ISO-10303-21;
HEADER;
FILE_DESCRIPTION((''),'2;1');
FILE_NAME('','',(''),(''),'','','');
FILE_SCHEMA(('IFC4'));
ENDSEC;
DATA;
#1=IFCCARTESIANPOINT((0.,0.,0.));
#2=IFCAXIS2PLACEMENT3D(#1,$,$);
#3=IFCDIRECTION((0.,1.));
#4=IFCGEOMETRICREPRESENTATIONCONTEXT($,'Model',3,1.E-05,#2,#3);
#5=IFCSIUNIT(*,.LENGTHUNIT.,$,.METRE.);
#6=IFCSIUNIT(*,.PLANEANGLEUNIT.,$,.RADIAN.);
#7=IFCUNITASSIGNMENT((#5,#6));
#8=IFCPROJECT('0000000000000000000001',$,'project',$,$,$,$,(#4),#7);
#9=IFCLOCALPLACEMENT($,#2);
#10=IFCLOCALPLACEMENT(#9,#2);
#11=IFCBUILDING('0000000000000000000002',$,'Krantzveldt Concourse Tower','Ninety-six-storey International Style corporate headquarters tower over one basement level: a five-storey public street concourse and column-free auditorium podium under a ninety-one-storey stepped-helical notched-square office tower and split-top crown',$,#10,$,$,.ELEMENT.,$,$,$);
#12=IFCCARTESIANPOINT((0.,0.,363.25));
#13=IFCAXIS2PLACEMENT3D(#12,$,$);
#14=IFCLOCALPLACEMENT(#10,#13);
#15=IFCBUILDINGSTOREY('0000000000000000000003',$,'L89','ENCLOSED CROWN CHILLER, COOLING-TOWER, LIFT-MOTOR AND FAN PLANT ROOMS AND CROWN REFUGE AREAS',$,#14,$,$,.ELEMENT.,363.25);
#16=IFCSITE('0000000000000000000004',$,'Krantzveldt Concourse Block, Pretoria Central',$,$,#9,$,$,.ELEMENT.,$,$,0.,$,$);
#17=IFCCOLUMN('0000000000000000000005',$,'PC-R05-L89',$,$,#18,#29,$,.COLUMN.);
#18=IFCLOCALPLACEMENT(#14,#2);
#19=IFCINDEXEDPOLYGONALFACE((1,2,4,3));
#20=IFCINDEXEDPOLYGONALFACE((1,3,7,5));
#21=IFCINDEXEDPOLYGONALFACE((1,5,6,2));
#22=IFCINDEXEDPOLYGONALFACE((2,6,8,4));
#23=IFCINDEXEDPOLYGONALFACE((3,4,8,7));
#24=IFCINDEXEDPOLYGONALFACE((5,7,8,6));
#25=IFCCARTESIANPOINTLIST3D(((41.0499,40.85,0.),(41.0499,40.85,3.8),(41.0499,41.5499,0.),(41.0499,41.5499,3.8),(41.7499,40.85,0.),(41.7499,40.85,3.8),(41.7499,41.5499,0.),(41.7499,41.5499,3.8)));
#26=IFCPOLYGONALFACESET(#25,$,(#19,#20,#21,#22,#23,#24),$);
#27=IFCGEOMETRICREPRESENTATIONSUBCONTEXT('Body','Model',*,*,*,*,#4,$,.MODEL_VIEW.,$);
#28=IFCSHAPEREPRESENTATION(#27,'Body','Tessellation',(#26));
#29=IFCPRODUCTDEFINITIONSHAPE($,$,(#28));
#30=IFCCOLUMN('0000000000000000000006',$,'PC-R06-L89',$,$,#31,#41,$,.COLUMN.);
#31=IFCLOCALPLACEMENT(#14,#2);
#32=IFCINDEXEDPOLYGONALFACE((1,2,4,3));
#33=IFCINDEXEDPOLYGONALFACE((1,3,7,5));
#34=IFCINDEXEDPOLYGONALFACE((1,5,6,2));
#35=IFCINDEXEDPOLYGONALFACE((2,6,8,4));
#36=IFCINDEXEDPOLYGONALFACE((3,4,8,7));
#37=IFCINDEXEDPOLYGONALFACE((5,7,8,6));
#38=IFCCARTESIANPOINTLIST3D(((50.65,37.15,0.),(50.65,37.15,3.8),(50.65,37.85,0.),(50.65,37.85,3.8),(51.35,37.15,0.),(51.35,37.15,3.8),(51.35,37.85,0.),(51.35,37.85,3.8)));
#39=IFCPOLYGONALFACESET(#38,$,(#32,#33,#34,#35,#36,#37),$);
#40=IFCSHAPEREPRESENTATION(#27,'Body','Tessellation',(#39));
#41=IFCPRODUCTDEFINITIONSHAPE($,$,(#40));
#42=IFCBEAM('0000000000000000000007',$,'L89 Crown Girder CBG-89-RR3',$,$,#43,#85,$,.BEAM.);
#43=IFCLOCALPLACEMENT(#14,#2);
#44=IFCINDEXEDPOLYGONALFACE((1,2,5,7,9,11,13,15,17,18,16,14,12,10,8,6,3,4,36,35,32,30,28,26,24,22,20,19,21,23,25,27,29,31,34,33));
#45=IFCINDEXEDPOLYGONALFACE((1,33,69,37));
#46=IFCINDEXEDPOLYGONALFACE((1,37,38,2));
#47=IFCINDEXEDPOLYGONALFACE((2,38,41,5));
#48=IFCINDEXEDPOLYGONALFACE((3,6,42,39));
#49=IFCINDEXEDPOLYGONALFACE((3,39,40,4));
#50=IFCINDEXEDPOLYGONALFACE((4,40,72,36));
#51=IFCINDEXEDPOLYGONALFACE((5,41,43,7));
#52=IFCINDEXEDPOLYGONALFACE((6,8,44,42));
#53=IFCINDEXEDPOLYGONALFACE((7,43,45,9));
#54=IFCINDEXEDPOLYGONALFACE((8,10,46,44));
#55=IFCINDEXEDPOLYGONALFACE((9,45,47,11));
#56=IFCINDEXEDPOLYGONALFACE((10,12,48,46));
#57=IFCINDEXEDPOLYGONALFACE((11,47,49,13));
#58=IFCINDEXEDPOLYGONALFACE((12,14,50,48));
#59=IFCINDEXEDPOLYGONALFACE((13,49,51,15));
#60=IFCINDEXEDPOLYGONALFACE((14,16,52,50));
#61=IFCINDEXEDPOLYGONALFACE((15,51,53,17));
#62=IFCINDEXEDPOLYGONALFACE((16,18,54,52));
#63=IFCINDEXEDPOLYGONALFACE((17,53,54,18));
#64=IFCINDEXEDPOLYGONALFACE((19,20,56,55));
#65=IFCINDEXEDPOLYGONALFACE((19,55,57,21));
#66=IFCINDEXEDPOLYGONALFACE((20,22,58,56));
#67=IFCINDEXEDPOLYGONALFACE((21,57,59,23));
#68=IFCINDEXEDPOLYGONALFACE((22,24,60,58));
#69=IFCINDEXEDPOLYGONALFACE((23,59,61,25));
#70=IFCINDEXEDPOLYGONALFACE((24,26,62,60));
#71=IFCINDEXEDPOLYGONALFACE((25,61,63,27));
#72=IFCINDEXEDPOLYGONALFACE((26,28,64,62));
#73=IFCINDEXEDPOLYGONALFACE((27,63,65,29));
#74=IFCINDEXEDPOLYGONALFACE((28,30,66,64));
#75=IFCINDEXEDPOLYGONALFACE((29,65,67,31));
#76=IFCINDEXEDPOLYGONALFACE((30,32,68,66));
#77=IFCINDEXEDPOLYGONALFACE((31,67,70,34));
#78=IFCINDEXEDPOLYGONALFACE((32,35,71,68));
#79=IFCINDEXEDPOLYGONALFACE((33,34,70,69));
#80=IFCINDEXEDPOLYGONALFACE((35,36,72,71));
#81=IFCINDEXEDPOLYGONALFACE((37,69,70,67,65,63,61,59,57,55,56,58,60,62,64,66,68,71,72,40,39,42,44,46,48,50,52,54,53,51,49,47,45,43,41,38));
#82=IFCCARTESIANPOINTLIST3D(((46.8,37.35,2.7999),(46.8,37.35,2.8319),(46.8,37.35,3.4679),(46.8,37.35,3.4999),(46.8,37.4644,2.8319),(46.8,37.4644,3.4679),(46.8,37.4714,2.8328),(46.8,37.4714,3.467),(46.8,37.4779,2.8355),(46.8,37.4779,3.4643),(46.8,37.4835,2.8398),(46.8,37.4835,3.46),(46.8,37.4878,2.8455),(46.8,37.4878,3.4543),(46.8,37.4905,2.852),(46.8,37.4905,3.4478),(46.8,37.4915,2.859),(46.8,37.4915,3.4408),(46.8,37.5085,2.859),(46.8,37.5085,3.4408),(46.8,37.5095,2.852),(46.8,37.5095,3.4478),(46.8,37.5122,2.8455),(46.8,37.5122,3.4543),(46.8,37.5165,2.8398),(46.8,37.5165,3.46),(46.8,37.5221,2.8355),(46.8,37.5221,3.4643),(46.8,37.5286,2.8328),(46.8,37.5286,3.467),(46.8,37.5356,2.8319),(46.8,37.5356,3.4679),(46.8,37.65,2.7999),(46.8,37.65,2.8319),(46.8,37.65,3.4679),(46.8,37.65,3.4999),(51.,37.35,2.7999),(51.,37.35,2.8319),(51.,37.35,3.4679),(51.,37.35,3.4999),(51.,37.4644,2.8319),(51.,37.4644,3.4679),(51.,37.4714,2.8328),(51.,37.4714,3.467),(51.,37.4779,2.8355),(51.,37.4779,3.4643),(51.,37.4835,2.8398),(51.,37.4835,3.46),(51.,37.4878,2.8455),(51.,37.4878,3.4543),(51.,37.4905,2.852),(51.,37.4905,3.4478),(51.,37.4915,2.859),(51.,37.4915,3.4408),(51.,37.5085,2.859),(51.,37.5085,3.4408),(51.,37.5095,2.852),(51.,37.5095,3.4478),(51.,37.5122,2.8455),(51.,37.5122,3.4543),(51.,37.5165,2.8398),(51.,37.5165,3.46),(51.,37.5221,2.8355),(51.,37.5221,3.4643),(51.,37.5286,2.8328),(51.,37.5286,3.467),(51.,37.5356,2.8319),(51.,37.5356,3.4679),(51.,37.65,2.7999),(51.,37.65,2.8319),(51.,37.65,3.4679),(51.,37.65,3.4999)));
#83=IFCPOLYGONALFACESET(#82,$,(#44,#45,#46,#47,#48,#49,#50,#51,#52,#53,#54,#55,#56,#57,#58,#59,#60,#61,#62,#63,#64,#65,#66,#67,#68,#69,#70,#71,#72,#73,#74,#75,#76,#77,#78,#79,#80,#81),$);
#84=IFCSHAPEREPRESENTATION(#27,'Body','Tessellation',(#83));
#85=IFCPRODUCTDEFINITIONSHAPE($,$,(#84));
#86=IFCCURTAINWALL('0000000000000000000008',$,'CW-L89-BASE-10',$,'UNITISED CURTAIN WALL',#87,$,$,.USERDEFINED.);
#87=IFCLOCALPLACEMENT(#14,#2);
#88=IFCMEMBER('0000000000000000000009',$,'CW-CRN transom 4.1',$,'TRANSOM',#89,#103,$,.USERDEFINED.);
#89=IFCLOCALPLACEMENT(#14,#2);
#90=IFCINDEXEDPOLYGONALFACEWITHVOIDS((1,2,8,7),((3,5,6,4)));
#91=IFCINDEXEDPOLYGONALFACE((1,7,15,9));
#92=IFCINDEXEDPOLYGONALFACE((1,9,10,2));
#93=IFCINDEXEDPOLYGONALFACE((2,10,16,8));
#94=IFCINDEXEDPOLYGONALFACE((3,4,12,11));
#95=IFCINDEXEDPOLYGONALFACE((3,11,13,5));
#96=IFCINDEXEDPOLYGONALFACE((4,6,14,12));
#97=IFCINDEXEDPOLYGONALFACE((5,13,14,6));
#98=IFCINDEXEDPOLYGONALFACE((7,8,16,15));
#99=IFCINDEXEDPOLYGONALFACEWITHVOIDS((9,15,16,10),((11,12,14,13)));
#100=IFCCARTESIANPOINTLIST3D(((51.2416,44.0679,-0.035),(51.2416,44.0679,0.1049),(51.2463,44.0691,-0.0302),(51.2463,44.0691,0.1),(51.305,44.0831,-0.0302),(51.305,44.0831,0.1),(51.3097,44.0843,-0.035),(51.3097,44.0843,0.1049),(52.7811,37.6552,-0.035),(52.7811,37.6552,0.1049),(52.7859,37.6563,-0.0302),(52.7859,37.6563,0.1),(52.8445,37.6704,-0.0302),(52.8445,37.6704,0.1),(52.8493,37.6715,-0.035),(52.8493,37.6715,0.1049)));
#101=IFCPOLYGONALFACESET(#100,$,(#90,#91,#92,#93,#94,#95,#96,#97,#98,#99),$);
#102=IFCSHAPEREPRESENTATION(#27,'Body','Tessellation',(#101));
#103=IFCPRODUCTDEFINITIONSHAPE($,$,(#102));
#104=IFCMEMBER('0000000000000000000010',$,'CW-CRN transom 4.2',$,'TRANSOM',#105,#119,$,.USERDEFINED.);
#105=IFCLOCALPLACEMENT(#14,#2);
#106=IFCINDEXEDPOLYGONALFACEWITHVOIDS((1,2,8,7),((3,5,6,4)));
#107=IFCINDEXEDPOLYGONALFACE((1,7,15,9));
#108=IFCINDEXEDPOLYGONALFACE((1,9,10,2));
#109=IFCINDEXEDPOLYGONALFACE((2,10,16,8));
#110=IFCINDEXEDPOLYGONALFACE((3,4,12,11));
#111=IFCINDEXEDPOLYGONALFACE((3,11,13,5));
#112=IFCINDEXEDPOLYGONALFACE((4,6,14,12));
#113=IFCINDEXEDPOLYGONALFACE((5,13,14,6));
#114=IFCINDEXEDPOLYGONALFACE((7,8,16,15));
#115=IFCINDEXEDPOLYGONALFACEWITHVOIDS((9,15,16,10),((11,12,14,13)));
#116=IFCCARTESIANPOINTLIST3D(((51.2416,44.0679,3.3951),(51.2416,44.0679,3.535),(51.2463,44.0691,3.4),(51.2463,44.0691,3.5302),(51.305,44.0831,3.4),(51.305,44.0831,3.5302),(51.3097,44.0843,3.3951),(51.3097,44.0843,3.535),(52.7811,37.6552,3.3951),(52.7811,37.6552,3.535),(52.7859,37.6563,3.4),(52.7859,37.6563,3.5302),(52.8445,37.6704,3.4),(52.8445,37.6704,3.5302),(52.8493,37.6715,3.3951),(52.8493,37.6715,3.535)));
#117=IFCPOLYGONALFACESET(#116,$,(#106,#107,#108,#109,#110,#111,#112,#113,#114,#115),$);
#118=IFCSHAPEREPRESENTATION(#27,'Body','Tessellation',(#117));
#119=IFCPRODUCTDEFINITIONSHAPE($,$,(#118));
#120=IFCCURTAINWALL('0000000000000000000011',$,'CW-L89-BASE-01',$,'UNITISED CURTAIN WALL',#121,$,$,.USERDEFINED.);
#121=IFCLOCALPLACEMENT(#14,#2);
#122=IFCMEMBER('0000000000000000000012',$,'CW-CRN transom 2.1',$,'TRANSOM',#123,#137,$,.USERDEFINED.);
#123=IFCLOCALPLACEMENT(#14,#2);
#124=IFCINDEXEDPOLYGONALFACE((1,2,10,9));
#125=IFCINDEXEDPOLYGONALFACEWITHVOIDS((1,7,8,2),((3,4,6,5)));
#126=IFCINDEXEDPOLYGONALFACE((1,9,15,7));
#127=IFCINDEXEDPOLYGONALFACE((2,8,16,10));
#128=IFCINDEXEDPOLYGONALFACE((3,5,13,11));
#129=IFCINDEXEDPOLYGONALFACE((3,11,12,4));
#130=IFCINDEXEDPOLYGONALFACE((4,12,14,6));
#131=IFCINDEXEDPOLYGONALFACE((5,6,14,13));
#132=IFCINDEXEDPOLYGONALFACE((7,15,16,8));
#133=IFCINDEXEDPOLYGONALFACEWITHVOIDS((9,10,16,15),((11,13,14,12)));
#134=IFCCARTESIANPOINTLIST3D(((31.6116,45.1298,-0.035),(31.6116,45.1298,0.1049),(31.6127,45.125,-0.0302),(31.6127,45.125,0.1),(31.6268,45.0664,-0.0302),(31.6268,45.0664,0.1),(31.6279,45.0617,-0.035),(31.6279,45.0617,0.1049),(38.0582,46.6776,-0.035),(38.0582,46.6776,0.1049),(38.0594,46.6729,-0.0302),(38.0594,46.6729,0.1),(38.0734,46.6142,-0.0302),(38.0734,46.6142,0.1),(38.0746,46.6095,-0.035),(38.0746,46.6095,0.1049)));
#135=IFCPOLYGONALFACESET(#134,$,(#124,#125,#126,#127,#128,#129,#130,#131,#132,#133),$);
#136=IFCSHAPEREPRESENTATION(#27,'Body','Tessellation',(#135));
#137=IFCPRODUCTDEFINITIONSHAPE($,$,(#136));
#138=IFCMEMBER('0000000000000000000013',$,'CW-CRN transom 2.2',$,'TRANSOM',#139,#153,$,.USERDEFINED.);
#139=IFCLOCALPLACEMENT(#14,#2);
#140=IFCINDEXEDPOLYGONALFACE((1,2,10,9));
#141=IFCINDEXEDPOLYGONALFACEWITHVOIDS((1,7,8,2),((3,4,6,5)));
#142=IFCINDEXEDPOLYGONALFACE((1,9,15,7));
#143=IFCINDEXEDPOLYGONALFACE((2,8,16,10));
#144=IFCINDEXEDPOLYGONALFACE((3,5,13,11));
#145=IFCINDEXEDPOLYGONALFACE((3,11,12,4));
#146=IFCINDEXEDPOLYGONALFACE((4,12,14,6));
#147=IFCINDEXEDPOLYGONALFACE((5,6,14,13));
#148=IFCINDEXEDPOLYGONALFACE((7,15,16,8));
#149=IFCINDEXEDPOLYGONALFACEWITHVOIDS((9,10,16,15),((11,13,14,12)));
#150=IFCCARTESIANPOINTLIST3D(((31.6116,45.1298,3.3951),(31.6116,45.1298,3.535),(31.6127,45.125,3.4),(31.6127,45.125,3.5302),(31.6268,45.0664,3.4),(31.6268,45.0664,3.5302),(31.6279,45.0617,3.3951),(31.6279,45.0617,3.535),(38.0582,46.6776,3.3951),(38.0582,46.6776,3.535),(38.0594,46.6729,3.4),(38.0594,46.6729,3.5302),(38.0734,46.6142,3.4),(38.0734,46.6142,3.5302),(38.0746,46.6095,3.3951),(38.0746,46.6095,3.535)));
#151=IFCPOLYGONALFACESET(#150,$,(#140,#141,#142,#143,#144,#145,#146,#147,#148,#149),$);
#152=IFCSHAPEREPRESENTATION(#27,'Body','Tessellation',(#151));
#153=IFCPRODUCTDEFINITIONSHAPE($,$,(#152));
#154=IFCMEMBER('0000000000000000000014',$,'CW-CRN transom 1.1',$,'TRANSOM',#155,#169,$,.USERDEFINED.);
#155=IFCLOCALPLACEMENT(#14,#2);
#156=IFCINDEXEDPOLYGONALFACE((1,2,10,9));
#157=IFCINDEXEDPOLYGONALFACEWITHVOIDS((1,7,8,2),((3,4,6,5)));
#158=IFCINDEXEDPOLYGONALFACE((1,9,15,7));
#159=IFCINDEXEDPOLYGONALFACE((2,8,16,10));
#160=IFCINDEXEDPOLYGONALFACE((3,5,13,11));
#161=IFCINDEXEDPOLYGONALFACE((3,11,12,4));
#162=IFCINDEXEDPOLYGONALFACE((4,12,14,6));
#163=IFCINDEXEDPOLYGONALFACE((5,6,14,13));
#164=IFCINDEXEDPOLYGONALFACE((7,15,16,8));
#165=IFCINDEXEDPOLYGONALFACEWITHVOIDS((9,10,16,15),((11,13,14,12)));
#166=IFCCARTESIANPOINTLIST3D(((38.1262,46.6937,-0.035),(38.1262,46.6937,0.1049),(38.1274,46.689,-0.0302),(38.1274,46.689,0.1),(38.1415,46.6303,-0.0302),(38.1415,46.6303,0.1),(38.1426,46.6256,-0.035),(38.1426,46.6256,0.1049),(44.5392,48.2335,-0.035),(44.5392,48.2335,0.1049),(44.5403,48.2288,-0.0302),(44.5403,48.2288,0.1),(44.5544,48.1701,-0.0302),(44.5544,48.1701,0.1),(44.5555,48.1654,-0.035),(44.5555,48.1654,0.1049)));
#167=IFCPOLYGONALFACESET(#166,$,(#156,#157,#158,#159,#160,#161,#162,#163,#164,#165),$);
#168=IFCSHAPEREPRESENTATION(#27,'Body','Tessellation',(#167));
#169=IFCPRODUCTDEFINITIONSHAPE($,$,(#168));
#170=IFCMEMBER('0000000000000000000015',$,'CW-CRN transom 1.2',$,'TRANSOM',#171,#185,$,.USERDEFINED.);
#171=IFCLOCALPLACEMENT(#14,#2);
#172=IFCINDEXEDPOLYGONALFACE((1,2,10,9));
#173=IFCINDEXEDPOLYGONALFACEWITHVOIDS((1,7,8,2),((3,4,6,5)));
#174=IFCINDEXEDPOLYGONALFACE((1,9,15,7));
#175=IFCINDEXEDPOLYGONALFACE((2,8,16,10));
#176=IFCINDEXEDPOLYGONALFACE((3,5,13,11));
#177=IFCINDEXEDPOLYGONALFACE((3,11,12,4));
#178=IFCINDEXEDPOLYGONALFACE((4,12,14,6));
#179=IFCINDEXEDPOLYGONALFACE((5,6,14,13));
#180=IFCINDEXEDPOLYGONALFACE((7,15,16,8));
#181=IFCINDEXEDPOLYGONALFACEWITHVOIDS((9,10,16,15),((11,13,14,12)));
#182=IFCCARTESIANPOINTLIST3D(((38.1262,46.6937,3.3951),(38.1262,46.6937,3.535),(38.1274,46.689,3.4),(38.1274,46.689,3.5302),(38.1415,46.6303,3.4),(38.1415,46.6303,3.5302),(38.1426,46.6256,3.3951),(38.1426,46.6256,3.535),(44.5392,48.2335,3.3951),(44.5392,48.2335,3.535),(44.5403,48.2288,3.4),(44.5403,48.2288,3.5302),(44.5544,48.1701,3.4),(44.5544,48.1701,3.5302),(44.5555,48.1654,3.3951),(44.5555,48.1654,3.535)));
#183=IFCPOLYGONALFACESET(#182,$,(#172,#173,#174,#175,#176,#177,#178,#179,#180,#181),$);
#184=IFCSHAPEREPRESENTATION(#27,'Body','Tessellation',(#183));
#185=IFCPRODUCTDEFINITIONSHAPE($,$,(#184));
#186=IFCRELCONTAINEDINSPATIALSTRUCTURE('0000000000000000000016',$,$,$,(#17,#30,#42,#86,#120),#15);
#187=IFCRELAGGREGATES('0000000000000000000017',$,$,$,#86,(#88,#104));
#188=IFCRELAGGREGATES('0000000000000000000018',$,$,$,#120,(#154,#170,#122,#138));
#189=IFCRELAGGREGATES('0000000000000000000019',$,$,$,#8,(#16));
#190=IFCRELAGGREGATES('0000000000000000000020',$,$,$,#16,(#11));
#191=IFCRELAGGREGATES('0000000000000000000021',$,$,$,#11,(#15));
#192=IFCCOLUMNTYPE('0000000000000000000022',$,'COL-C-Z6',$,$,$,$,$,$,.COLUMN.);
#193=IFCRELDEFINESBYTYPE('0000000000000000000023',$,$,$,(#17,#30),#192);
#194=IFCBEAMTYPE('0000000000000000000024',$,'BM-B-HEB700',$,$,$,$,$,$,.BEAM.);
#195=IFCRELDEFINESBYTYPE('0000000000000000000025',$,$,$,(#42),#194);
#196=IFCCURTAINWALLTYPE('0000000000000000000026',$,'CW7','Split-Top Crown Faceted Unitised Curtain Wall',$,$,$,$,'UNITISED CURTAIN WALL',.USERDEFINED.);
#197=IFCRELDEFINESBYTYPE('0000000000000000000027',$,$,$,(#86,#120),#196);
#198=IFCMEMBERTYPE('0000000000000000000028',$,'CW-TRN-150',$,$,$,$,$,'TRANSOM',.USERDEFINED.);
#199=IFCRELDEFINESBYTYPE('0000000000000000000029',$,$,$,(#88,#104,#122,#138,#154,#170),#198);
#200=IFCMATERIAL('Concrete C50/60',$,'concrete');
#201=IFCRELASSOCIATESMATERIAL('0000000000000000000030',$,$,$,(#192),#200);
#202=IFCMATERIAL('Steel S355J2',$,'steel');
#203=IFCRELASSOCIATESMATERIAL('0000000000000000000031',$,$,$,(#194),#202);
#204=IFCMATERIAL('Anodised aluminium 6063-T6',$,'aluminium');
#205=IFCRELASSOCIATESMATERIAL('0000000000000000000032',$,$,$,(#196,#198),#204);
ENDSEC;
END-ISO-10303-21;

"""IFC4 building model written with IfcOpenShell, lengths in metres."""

from ifc_helpers import new_model, si_unit, direction, frame, origin, origin_2d, place, context, subcontext, project, spatial, rectangle, hollow_rectangle, i_section, extrude, source, transform, mapped, material, material_profile, profile_set, type_object, type_shapes, element, aggregate, save


model = new_model("IFC4")

# Units and contexts
model_context = context("Model", 3, precision=1e-05, world=origin(), true_north=direction((0.0, 1.0)))
body_context = subcontext(model_context, "Body", "Model", "MODEL_VIEW")
ifc_project = project(units=[si_unit("LENGTHUNIT", "METRE"), si_unit("PLANEANGLEUNIT", "RADIAN")], contexts=[model_context])

# Site, building, storey
site_placement = place(None, origin())
site = spatial("IfcSite", under=ifc_project, at=site_placement, Name="Krantzveldt Concourse Block, Pretoria Central", CompositionType="ELEMENT", RefElevation=0.0)
building_placement = place(site_placement, origin())
building = spatial("IfcBuilding", under=site, at=building_placement, Name="Krantzveldt Concourse Tower", Description="Ninety-six-storey International Style corporate headquarters tower over one basement level: a five-storey public street concourse and column-free auditorium podium under a ninety-one-storey stepped-helical notched-square office tower and split-top crown", CompositionType="ELEMENT")
storey_placement = place(building_placement, frame((0.0, 0.0, 363.25)))
storey = spatial("IfcBuildingStorey", under=building, at=storey_placement, Name="L89", Description="ENCLOSED CROWN CHILLER, COOLING-TOWER, LIFT-MOTOR AND FAN PLANT ROOMS AND CROWN REFUGE AREAS", CompositionType="ELEMENT", Elevation=363.25)

# Columns
ifc_material_1 = material(Name="Concrete C50/60", Category="concrete")
ifc_material_profile_1 = material_profile(ifc_material_1, rectangle(XDim=0.7, YDim=0.7, at=origin_2d()), Name="Concrete C50/60", Category="concrete")
ifc_profile_set_1 = profile_set([ifc_material_profile_1], Name="Concrete C50/60 - RC 700x700")
column_type = type_object("IfcColumnType", Name="COL-C-Z6", PredefinedType="COLUMN", material=ifc_profile_set_1)
shared_shape_1 = source(origin(), body_context, "Body", "SweptSolid", [
    extrude(rectangle(XDim=0.7, YDim=0.7, at=origin_2d()), origin(), (0.0, 0.0, 1.0), 3.8),
])
type_shapes(column_type, [shared_shape_1])
for number, where, z_axis, x_axis, name in (
    (1, (41.3999, 41.2, 0.0), (0.0, 0.0, 1.0), (1.0, 0.0, 0.0), "PC-R05-L89"),
    (2, (51.0, 37.5, 0.0), (0.0, 0.0, 1.0), (1.0, 0.0, 0.0), "PC-R06-L89"),
):
    element("IfcColumn", number, at=place(storey_placement, frame(where, z_axis=z_axis, x_axis=x_axis)), inside=storey, type_object=column_type, Name=name, PredefinedType="COLUMN", context=body_context, shape_type="MappedRepresentation", body=[
        mapped(shared_shape_1, transform((0.0, 0.0, 0.0), x_axis=(1.0, 0.0, 0.0), y_axis=(0.0, 1.0, 0.0), z_axis=(0.0, 0.0, 1.0), scale=1.0)),
    ])

# Beam
ifc_material_2 = material(Name="Steel S355J2", Category="steel")
ifc_material_profile_2 = material_profile(ifc_material_2, i_section(OverallWidth=0.3, OverallDepth=0.7, WebThickness=0.0171, FlangeThickness=0.032, FilletRadius=0.0271, at=origin_2d()), Name="Steel S355J2", Category="steel")
ifc_profile_set_2 = profile_set([ifc_material_profile_2], Name="Steel S355J2 - HEB 700")
beam_type = type_object("IfcBeamType", Name="BM-B-HEB700", PredefinedType="BEAM", material=ifc_profile_set_2)
shared_shape_2 = source(origin(), body_context, "Body", "SweptSolid", [
    extrude(i_section(OverallWidth=0.3, OverallDepth=0.7, WebThickness=0.0171, FlangeThickness=0.032, FilletRadius=0.0271, at=origin_2d()), origin(), (0.0, 0.0, 1.0), 4.2),
])
type_shapes(beam_type, [shared_shape_2])
beam_placement = place(storey_placement, frame((46.8, 37.5, 3.1499), z_axis=(1.0, 0.0, 0.0), x_axis=(0.0, 1.0, 0.0)))
element("IfcBeam", 3, at=beam_placement, inside=storey, type_object=beam_type, Name="L89 Crown Girder CBG-89-RR3", PredefinedType="BEAM", context=body_context, shape_type="MappedRepresentation", body=[
    mapped(shared_shape_2, transform((0.0, 0.0, 0.0), x_axis=(1.0, 0.0, 0.0), y_axis=(0.0, 1.0, 0.0), z_axis=(0.0, 0.0, 1.0), scale=1.0)),
])

# Curtain walls, members
ifc_material_3 = material(Name="Anodised aluminium 6063-T6", Category="aluminium")
curtain_wall_type = type_object("IfcCurtainWallType", Name="CW7", Description="Split-Top Crown Faceted Unitised Curtain Wall", ElementType="UNITISED CURTAIN WALL", PredefinedType="USERDEFINED", material=ifc_material_3)
curtain_wall_1_placement = place(storey_placement, origin())
curtain_wall_1 = element("IfcCurtainWall", 4, at=curtain_wall_1_placement, inside=storey, type_object=curtain_wall_type, Name="CW-L89-BASE-10", ObjectType="UNITISED CURTAIN WALL", PredefinedType="USERDEFINED")
ifc_material_profile_3 = material_profile(ifc_material_3, hollow_rectangle(XDim=0.0701, YDim=0.1399, WallThickness=0.0049, at=origin_2d()), Name="Anodised aluminium 6063-T6", Category="aluminium")
ifc_profile_set_3 = profile_set([ifc_material_profile_3], Name="Anodised aluminium 6063-T6 - ALU-TRAN 140x70x5")
member_type_1 = type_object("IfcMemberType", Name="CW-TRN-150", ElementType="TRANSOM", PredefinedType="USERDEFINED", material=ifc_profile_set_3)
shared_shape_3 = source(origin(), body_context, "Body", "SweptSolid", [
    extrude(hollow_rectangle(XDim=0.0701, YDim=0.1399, WallThickness=0.0049, at=origin_2d()), origin(), (0.0, 0.0, 1.0), 6.595),
])
member_1_placement = place(storey_placement, frame((52.8152, 37.6633, 0.0349), z_axis=(-0.23344, 0.972371, 0.0), x_axis=(-0.972371, -0.23344, 0.0)))
member_1 = element("IfcMember", 5, at=member_1_placement, type_object=member_type_1, Name="CW-CRN transom 4.1", ObjectType="TRANSOM", PredefinedType="USERDEFINED", context=body_context, shape_type="MappedRepresentation", body=[
    mapped(shared_shape_3, transform((0.0, 0.0, 0.0), x_axis=(1.0, 0.0, 0.0), y_axis=(0.0, 1.0, 0.0), z_axis=(0.0, 0.0, 1.0), scale=1.0)),
])
member_2_placement = place(storey_placement, frame((52.8152, 37.6633, 3.4651), z_axis=(-0.23344, 0.972371, 0.0), x_axis=(-0.972371, -0.23344, 0.0)))
member_2 = element("IfcMember", 6, at=member_2_placement, type_object=member_type_1, Name="CW-CRN transom 4.2", ObjectType="TRANSOM", PredefinedType="USERDEFINED", context=body_context, shape_type="MappedRepresentation", body=[
    mapped(shared_shape_3, transform((0.0, 0.0, 0.0), x_axis=(1.0, 0.0, 0.0), y_axis=(0.0, 1.0, 0.0), z_axis=(0.0, 0.0, 1.0), scale=1.0)),
])
curtain_wall_2_placement = place(storey_placement, origin())
curtain_wall_2 = element("IfcCurtainWall", 7, at=curtain_wall_2_placement, inside=storey, type_object=curtain_wall_type, Name="CW-L89-BASE-01", ObjectType="UNITISED CURTAIN WALL", PredefinedType="USERDEFINED")
shared_shape_4 = source(origin(), body_context, "Body", "SweptSolid", [
    extrude(hollow_rectangle(XDim=0.0701, YDim=0.1399, WallThickness=0.0049, at=origin_2d()), origin(), (0.0, 0.0, 1.0), 6.6299),
])
member_3_placement = place(storey_placement, frame((38.0664, 46.6436, 0.0349), z_axis=(-0.972366, -0.233462, 0.0), x_axis=(0.233462, -0.972366, 0.0)))
member_3 = element("IfcMember", 8, at=member_3_placement, type_object=member_type_1, Name="CW-CRN transom 2.1", ObjectType="TRANSOM", PredefinedType="USERDEFINED", context=body_context, shape_type="MappedRepresentation", body=[
    mapped(shared_shape_4, transform((0.0, 0.0, 0.0), x_axis=(1.0, 0.0, 0.0), y_axis=(0.0, 1.0, 0.0), z_axis=(0.0, 0.0, 1.0), scale=1.0)),
])
member_4_placement = place(storey_placement, frame((38.0664, 46.6436, 3.4651), z_axis=(-0.972366, -0.233462, 0.0), x_axis=(0.233462, -0.972366, 0.0)))
member_4 = element("IfcMember", 9, at=member_4_placement, type_object=member_type_1, Name="CW-CRN transom 2.2", ObjectType="TRANSOM", PredefinedType="USERDEFINED", context=body_context, shape_type="MappedRepresentation", body=[
    mapped(shared_shape_4, transform((0.0, 0.0, 0.0), x_axis=(1.0, 0.0, 0.0), y_axis=(0.0, 1.0, 0.0), z_axis=(0.0, 0.0, 1.0), scale=1.0)),
])
shared_shape_5 = source(origin(), body_context, "Body", "SweptSolid", [
    extrude(hollow_rectangle(XDim=0.0701, YDim=0.1399, WallThickness=0.0049, at=origin_2d()), origin(), (0.0, 0.0, 1.0), 6.5952),
])
member_5_placement = place(storey_placement, frame((44.5474, 48.1995, 0.0349), z_axis=(-0.972363, -0.233475, 0.0), x_axis=(0.233475, -0.972363, 0.0)))
member_5 = element("IfcMember", 10, at=member_5_placement, type_object=member_type_1, Name="CW-CRN transom 1.1", ObjectType="TRANSOM", PredefinedType="USERDEFINED", context=body_context, shape_type="MappedRepresentation", body=[
    mapped(shared_shape_5, transform((0.0, 0.0, 0.0), x_axis=(1.0, 0.0, 0.0), y_axis=(0.0, 1.0, 0.0), z_axis=(0.0, 0.0, 1.0), scale=1.0)),
])
member_6_placement = place(storey_placement, frame((44.5474, 48.1995, 3.4651), z_axis=(-0.972363, -0.233475, 0.0), x_axis=(0.233475, -0.972363, 0.0)))
member_6 = element("IfcMember", 11, at=member_6_placement, type_object=member_type_1, Name="CW-CRN transom 1.2", ObjectType="TRANSOM", PredefinedType="USERDEFINED", context=body_context, shape_type="MappedRepresentation", body=[
    mapped(shared_shape_5, transform((0.0, 0.0, 0.0), x_axis=(1.0, 0.0, 0.0), y_axis=(0.0, 1.0, 0.0), z_axis=(0.0, 0.0, 1.0), scale=1.0)),
])

aggregate(curtain_wall_1, [member_1, member_2])
aggregate(curtain_wall_2, [member_5, member_6, member_3, member_4])

save(model, "model.ifc")
